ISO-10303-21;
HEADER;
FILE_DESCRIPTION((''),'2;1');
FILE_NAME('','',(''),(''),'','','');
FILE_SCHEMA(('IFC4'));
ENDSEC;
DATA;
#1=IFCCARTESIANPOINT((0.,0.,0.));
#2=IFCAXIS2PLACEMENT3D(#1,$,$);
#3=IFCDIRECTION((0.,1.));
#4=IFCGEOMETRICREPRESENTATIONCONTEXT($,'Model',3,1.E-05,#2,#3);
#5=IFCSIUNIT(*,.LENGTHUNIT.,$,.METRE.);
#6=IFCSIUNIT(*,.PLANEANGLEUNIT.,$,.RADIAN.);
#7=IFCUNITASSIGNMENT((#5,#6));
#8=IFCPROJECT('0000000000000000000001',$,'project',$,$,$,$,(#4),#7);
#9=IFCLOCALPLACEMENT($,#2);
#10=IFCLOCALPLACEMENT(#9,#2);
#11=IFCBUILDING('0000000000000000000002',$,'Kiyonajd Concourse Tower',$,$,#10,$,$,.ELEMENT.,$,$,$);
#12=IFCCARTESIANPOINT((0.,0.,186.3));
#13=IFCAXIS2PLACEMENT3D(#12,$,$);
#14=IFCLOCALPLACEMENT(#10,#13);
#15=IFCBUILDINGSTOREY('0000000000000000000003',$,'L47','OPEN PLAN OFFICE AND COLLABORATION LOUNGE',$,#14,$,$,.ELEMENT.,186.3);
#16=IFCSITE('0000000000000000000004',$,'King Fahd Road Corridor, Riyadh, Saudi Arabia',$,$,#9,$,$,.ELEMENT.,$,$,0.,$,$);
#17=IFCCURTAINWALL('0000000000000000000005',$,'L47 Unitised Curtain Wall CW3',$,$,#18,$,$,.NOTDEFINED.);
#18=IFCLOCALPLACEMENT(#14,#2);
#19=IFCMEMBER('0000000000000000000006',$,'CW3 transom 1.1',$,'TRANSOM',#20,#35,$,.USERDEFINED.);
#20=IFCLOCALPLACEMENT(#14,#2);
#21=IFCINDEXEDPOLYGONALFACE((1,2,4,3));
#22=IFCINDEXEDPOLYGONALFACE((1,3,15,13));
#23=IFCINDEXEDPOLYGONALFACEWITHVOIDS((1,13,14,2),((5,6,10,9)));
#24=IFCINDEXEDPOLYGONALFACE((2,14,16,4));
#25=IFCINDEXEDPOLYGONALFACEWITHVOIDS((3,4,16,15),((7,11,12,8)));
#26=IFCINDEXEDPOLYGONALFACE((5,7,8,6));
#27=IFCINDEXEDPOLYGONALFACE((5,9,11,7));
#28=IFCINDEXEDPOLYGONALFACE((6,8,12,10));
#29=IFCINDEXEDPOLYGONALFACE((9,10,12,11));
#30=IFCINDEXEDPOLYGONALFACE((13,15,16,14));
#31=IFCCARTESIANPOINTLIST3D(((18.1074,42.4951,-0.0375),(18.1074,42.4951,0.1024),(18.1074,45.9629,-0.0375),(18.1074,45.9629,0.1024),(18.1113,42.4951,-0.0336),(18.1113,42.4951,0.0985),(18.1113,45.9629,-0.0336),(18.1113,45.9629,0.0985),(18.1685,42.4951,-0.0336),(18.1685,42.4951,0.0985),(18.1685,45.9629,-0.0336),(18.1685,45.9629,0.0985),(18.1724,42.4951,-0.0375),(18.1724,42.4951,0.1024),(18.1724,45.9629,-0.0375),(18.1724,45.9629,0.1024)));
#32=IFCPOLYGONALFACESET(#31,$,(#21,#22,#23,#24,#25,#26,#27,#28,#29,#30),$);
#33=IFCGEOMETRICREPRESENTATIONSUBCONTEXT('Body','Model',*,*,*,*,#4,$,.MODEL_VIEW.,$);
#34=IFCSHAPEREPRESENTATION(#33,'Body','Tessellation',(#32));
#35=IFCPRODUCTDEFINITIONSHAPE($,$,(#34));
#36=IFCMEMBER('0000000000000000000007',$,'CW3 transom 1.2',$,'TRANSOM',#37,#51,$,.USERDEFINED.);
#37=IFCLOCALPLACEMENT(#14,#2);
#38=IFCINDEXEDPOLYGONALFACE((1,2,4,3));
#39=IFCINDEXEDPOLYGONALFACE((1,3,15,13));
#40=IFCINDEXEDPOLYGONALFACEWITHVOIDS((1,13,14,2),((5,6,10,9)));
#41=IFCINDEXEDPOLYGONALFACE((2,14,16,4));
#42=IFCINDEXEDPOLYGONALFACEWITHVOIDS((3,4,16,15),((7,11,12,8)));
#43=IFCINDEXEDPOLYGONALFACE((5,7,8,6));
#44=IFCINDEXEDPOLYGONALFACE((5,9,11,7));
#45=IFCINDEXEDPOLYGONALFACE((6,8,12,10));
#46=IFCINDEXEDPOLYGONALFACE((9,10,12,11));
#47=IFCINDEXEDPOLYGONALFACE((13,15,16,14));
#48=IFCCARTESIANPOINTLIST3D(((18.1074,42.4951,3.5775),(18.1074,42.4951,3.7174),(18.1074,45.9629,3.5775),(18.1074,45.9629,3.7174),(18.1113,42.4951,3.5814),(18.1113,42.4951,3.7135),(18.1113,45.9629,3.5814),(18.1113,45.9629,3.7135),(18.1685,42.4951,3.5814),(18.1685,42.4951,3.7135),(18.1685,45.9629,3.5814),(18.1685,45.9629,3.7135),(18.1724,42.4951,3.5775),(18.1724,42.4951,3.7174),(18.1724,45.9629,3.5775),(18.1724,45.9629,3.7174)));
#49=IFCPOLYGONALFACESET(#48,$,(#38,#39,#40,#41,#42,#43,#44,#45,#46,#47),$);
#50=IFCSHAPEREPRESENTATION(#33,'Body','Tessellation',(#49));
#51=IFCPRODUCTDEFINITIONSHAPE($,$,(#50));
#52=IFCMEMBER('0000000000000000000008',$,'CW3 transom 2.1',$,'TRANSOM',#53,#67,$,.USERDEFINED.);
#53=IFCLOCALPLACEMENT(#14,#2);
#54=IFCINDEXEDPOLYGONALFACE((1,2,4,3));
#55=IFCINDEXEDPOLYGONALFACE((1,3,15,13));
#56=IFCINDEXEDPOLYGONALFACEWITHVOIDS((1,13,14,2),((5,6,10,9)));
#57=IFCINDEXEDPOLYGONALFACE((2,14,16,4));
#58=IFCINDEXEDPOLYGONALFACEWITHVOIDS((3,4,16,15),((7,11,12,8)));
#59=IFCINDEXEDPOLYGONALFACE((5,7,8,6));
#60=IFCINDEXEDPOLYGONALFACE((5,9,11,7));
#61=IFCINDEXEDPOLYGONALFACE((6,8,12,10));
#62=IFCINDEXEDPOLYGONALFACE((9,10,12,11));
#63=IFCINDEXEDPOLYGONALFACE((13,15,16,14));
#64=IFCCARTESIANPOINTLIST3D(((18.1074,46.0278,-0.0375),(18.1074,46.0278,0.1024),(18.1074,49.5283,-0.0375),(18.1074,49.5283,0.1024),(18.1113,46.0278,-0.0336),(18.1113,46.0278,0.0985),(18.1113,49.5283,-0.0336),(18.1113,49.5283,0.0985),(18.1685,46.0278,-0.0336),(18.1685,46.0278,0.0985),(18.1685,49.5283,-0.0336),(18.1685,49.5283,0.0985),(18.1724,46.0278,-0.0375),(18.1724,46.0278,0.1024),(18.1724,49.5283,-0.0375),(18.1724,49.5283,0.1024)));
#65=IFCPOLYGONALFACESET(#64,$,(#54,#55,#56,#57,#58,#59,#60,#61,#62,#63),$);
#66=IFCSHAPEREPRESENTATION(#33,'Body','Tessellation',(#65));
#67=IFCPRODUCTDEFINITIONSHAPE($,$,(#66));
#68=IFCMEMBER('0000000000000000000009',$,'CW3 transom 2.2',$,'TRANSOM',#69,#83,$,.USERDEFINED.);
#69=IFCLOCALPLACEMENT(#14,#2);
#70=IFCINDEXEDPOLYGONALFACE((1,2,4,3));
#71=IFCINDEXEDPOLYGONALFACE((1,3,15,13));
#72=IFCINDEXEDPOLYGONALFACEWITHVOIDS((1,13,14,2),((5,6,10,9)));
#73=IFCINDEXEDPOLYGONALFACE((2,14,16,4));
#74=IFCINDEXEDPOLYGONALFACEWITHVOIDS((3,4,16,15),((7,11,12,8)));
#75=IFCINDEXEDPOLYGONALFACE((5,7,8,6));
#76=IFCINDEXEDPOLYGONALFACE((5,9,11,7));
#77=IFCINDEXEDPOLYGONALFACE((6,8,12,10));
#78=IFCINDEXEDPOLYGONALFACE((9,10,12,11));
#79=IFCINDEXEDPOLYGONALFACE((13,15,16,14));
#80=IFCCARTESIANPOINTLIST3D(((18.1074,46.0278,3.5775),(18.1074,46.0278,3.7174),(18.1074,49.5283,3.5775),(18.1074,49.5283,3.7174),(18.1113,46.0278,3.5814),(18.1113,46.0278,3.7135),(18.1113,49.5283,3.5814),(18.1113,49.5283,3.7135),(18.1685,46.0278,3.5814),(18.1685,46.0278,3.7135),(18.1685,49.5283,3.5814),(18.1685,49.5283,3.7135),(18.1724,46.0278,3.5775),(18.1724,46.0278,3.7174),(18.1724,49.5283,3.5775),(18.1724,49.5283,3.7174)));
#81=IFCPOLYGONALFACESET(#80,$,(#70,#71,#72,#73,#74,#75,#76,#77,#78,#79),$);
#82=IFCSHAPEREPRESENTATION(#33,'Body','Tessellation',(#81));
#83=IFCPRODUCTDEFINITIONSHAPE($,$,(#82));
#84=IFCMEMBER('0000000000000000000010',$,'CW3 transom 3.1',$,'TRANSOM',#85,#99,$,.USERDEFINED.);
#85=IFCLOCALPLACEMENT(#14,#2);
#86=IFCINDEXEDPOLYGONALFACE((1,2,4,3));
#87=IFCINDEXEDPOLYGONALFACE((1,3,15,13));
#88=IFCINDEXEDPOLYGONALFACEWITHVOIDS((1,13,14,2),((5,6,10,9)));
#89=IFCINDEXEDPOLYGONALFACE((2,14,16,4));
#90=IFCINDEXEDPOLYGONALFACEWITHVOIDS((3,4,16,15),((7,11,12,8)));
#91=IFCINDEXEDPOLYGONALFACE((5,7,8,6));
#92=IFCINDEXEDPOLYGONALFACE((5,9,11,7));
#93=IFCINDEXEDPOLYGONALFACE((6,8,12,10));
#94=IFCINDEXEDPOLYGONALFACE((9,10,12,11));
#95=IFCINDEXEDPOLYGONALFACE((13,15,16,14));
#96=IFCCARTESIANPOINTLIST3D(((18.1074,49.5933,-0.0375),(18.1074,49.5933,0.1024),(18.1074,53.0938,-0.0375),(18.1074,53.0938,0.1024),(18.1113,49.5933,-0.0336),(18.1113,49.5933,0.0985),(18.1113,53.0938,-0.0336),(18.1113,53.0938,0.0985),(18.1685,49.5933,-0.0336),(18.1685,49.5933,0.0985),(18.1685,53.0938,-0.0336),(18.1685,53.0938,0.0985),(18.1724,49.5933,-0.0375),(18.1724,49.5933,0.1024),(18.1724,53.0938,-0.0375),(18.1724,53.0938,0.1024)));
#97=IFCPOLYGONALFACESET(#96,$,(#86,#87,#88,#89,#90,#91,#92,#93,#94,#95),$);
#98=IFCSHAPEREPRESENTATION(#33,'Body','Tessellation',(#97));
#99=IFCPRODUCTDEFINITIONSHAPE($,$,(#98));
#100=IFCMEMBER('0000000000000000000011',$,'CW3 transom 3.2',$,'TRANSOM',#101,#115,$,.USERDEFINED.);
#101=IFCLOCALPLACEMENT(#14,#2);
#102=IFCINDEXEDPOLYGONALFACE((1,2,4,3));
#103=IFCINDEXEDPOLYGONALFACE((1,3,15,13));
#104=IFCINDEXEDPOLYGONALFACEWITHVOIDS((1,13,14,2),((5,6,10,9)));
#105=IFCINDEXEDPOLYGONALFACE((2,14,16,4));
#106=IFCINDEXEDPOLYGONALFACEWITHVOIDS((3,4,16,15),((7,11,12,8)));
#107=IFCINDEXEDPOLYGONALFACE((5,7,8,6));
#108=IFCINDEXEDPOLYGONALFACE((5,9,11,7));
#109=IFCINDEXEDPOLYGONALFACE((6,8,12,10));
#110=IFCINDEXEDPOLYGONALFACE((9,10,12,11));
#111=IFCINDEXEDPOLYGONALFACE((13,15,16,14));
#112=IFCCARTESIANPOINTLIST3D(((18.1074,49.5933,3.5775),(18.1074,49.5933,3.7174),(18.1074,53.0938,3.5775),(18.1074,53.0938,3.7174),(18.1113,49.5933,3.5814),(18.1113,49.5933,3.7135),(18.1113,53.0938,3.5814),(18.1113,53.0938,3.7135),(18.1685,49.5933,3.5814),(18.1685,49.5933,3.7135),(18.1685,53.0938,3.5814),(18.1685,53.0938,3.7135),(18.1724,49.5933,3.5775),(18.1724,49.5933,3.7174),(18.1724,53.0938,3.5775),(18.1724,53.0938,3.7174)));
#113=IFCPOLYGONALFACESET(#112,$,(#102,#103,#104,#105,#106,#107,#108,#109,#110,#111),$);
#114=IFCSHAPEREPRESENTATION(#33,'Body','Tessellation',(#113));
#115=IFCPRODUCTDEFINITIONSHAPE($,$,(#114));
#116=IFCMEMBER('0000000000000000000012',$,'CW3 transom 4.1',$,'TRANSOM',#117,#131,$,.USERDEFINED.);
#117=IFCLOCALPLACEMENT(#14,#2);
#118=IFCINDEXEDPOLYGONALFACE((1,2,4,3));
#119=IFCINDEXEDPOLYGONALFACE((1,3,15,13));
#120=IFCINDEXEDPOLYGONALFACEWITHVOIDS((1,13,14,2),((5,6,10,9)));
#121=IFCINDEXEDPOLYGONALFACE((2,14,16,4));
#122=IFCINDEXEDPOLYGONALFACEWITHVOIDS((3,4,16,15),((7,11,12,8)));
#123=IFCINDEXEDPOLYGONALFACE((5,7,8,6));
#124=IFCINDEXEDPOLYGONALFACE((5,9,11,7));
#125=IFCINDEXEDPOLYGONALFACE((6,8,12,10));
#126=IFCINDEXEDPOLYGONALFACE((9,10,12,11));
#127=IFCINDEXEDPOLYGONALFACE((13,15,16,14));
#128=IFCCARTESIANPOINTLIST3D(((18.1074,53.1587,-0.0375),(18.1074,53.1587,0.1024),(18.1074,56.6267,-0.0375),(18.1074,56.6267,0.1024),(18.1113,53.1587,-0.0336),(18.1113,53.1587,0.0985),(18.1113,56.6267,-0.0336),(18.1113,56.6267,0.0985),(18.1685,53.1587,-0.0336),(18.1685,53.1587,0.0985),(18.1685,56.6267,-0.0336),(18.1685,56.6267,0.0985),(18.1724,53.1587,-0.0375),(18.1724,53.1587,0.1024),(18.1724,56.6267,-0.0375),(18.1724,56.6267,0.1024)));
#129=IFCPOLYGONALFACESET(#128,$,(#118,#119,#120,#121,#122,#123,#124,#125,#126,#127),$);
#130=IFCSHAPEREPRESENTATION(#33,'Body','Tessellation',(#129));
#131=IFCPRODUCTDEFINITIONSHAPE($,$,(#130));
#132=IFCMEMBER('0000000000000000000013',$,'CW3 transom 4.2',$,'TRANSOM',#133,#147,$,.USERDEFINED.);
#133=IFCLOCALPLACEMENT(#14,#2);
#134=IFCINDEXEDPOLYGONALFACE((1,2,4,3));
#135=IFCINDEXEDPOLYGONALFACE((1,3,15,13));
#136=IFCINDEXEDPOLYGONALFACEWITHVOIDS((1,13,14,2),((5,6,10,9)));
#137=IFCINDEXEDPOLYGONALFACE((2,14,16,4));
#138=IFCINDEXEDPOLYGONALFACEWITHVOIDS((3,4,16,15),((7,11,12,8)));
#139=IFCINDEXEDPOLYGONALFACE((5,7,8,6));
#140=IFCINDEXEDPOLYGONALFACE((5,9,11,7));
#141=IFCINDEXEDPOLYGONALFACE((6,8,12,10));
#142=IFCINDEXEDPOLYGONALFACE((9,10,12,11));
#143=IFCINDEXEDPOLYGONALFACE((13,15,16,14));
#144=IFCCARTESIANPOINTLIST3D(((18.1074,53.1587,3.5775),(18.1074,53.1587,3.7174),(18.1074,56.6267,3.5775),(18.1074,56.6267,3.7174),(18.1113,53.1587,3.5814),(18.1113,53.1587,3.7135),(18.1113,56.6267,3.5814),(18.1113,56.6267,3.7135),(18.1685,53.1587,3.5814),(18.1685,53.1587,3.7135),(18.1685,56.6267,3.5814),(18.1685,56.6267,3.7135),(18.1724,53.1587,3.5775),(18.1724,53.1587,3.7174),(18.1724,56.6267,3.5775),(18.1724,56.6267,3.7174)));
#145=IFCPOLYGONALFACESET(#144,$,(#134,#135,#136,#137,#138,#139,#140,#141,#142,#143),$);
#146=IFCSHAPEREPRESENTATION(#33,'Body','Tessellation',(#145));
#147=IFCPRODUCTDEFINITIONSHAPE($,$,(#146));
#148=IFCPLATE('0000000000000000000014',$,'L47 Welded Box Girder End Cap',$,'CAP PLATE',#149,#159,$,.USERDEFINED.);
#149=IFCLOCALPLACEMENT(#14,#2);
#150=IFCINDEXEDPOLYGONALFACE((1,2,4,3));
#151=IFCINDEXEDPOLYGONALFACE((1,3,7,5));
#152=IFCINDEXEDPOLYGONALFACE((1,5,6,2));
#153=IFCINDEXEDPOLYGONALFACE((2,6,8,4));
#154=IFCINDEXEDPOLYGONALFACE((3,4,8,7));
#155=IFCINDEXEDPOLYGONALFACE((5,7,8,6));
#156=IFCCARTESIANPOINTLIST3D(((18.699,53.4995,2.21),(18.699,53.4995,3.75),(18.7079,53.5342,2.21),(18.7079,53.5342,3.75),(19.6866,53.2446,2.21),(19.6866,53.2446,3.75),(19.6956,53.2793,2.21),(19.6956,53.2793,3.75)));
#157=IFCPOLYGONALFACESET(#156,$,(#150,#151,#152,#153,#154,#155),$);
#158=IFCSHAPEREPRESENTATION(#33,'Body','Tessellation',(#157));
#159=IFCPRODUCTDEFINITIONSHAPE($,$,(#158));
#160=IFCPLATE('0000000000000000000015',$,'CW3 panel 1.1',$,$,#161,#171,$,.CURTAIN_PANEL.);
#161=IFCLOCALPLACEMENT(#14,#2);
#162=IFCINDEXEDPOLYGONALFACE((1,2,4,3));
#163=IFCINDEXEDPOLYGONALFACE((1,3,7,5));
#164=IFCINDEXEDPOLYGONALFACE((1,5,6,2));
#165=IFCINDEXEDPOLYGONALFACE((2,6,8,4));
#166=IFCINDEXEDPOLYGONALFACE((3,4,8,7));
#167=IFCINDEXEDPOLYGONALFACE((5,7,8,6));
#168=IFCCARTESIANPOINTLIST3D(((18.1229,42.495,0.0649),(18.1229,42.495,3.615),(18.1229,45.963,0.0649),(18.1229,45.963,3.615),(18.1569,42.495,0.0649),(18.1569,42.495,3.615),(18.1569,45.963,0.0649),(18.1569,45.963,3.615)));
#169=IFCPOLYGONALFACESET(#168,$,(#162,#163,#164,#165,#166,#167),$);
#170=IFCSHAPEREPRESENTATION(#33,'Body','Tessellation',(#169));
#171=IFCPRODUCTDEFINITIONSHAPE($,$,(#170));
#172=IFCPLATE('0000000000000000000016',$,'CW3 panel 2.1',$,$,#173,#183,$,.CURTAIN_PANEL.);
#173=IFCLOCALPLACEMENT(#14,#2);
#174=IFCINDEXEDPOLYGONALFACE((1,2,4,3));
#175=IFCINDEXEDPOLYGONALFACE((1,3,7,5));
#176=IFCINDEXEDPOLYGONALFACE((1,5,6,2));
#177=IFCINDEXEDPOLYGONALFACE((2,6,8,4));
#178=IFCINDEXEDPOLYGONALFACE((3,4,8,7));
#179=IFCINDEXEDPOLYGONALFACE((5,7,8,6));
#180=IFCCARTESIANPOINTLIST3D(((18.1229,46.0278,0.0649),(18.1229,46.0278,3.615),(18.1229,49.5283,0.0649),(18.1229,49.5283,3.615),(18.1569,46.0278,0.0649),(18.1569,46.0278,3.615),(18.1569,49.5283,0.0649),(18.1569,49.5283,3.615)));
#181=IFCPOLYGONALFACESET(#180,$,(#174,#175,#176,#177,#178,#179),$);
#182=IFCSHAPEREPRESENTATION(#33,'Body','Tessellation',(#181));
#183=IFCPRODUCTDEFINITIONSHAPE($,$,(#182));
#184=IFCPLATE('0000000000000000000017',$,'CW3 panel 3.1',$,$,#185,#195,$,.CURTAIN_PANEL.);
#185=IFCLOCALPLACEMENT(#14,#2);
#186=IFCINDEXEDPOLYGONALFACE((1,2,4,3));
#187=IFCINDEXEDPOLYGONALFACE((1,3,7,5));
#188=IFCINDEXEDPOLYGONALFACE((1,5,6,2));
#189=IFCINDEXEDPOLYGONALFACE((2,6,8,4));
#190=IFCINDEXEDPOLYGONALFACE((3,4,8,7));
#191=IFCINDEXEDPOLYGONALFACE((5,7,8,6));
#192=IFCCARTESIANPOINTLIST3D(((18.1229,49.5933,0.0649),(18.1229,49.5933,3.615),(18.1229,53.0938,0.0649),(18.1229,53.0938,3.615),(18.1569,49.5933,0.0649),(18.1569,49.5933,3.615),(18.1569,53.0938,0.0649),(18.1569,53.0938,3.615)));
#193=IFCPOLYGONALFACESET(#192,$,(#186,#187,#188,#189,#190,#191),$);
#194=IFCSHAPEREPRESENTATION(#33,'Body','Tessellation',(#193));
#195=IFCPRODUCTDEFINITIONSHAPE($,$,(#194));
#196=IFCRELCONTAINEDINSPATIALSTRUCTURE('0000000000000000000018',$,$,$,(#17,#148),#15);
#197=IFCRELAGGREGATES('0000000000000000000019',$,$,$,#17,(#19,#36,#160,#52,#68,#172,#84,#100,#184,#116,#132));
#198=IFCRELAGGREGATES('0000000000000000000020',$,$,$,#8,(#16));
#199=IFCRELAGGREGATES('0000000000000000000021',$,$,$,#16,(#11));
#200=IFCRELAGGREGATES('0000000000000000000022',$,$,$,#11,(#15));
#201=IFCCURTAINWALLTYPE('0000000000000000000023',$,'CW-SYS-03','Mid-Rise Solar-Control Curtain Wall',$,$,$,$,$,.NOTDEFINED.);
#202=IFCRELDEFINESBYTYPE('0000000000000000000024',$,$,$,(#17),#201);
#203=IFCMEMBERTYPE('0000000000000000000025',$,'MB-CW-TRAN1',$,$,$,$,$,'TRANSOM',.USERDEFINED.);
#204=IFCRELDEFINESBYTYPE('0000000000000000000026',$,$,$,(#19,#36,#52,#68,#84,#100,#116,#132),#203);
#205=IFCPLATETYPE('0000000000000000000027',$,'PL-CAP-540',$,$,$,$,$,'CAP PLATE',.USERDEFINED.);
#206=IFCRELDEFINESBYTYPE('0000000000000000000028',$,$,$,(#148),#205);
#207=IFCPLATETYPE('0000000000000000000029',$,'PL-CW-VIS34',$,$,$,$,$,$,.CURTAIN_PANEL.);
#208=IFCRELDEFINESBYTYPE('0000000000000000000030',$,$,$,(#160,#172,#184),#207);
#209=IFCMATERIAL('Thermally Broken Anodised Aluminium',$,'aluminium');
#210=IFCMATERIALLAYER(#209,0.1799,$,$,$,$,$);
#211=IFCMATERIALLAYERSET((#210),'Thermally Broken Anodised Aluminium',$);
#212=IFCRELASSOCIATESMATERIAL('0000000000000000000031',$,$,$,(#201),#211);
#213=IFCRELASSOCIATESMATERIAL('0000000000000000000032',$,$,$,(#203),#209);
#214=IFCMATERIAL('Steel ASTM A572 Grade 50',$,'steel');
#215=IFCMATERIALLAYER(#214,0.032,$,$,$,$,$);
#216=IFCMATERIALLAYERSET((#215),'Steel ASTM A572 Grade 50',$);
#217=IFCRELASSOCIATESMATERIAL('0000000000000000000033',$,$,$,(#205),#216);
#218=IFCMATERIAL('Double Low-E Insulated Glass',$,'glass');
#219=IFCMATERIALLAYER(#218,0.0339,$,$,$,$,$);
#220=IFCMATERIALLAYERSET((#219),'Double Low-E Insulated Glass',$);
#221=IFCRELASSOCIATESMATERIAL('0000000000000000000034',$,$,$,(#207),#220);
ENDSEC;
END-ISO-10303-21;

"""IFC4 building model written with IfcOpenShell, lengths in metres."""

from ifc_helpers import new_model, si_unit, direction, frame, origin, origin_2d, place, context, subcontext, project, spatial, rectangle, hollow_rectangle, extrude, material, layer, layer_set, material_profile, profile_set, type_object, element, aggregate, save


model = new_model("IFC4")

# Units and contexts
model_context = context("Model", 3, precision=1e-05, world=origin(), true_north=direction((0.0, 1.0)))
body_context = subcontext(model_context, "Body", "Model", "MODEL_VIEW")
ifc_project = project(units=[si_unit("LENGTHUNIT", "METRE"), si_unit("PLANEANGLEUNIT", "RADIAN")], contexts=[model_context])

# Site, building, storey
site_placement = place(None, origin())
site = spatial("IfcSite", under=ifc_project, at=site_placement, Name="King Fahd Road Corridor, Riyadh, Saudi Arabia", CompositionType="ELEMENT", RefElevation=0.0)
building_placement = place(site_placement, origin())
building = spatial("IfcBuilding", under=site, at=building_placement, Name="Kiyonajd Concourse Tower", CompositionType="ELEMENT")
storey_placement = place(building_placement, frame((0.0, 0.0, 186.3)))
storey = spatial("IfcBuildingStorey", under=building, at=storey_placement, Name="L47", Description="OPEN PLAN OFFICE AND COLLABORATION LOUNGE", CompositionType="ELEMENT", Elevation=186.3)

# Curtain wall, members
ifc_material_1 = material(Name="Thermally Broken Anodised Aluminium", Category="aluminium")
ifc_layer_1 = layer(ifc_material_1, 0.1799)
ifc_layer_set_1 = layer_set([ifc_layer_1], Name="Thermally Broken Anodised Aluminium")
curtain_wall_type = type_object("IfcCurtainWallType", Name="CW-SYS-03", Description="Mid-Rise Solar-Control Curtain Wall", PredefinedType="NOTDEFINED", material=ifc_layer_set_1)
curtain_wall_placement = place(storey_placement, origin())
curtain_wall = element("IfcCurtainWall", 1, at=curtain_wall_placement, inside=storey, type_object=curtain_wall_type, Name="L47 Unitised Curtain Wall CW3", PredefinedType="NOTDEFINED")
ifc_material_profile_1 = material_profile(ifc_material_1, hollow_rectangle(XDim=0.0649, YDim=0.1399, WallThickness=0.0039, at=origin_2d()), Name="TRAN-65x140")
ifc_profile_set_1 = profile_set([ifc_material_profile_1], Name="Thermally Broken Anodised Aluminium")
member_type_1 = type_object("IfcMemberType", Name="MB-CW-TRAN1", ElementType="TRANSOM", PredefinedType="USERDEFINED", material=ifc_profile_set_1)
member_1_placement = place(storey_placement, frame((18.1399, 42.4951, 0.0325), z_axis=(0.0, 1.0, 0.0), x_axis=(-1.0, 0.0, 0.0)))
member_1 = element("IfcMember", 2, at=member_1_placement, type_object=member_type_1, Name="CW3 transom 1.1", ObjectType="TRANSOM", PredefinedType="USERDEFINED", context=body_context, shape_type="SweptSolid", body=[
    extrude(hollow_rectangle(XDim=0.0649, YDim=0.1399, WallThickness=0.0039, at=origin_2d()), origin(), (0.0, 0.0, 1.0), 3.4678),
])
member_2_placement = place(storey_placement, frame((18.1399, 42.4951, 3.6475), z_axis=(0.0, 1.0, 0.0), x_axis=(-1.0, 0.0, 0.0)))
member_2 = element("IfcMember", 3, at=member_2_placement, type_object=member_type_1, Name="CW3 transom 1.2", ObjectType="TRANSOM", PredefinedType="USERDEFINED", context=body_context, shape_type="SweptSolid", body=[
    extrude(hollow_rectangle(XDim=0.0649, YDim=0.1399, WallThickness=0.0039, at=origin_2d()), origin(), (0.0, 0.0, 1.0), 3.4678),
])
member_3_placement = place(storey_placement, frame((18.1399, 46.0278, 0.0325), z_axis=(0.0, 1.0, 0.0), x_axis=(-1.0, 0.0, 0.0)))
member_3 = element("IfcMember", 4, at=member_3_placement, type_object=member_type_1, Name="CW3 transom 2.1", ObjectType="TRANSOM", PredefinedType="USERDEFINED", context=body_context, shape_type="SweptSolid", body=[
    extrude(hollow_rectangle(XDim=0.0649, YDim=0.1399, WallThickness=0.0039, at=origin_2d()), origin(), (0.0, 0.0, 1.0), 3.5005),
])
member_4_placement = place(storey_placement, frame((18.1399, 46.0278, 3.6475), z_axis=(0.0, 1.0, 0.0), x_axis=(-1.0, 0.0, 0.0)))
member_4 = element("IfcMember", 5, at=member_4_placement, type_object=member_type_1, Name="CW3 transom 2.2", ObjectType="TRANSOM", PredefinedType="USERDEFINED", context=body_context, shape_type="SweptSolid", body=[
    extrude(hollow_rectangle(XDim=0.0649, YDim=0.1399, WallThickness=0.0039, at=origin_2d()), origin(), (0.0, 0.0, 1.0), 3.5005),
])
member_5_placement = place(storey_placement, frame((18.1399, 49.5933, 0.0325), z_axis=(0.0, 1.0, 0.0), x_axis=(-1.0, 0.0, 0.0)))
member_5 = element("IfcMember", 6, at=member_5_placement, type_object=member_type_1, Name="CW3 transom 3.1", ObjectType="TRANSOM", PredefinedType="USERDEFINED", context=body_context, shape_type="SweptSolid", body=[
    extrude(hollow_rectangle(XDim=0.0649, YDim=0.1399, WallThickness=0.0039, at=origin_2d()), origin(), (0.0, 0.0, 1.0), 3.5005),
])
member_6_placement = place(storey_placement, frame((18.1399, 49.5933, 3.6475), z_axis=(0.0, 1.0, 0.0), x_axis=(-1.0, 0.0, 0.0)))
member_6 = element("IfcMember", 7, at=member_6_placement, type_object=member_type_1, Name="CW3 transom 3.2", ObjectType="TRANSOM", PredefinedType="USERDEFINED", context=body_context, shape_type="SweptSolid", body=[
    extrude(hollow_rectangle(XDim=0.0649, YDim=0.1399, WallThickness=0.0039, at=origin_2d()), origin(), (0.0, 0.0, 1.0), 3.5005),
])
member_7_placement = place(storey_placement, frame((18.1399, 53.1587, 0.0325), z_axis=(0.0, 1.0, 0.0), x_axis=(-1.0, 0.0, 0.0)))
member_7 = element("IfcMember", 8, at=member_7_placement, type_object=member_type_1, Name="CW3 transom 4.1", ObjectType="TRANSOM", PredefinedType="USERDEFINED", context=body_context, shape_type="SweptSolid", body=[
    extrude(hollow_rectangle(XDim=0.0649, YDim=0.1399, WallThickness=0.0039, at=origin_2d()), origin(), (0.0, 0.0, 1.0), 3.468),
])
member_8_placement = place(storey_placement, frame((18.1399, 53.1587, 3.6475), z_axis=(0.0, 1.0, 0.0), x_axis=(-1.0, 0.0, 0.0)))
member_8 = element("IfcMember", 9, at=member_8_placement, type_object=member_type_1, Name="CW3 transom 4.2", ObjectType="TRANSOM", PredefinedType="USERDEFINED", context=body_context, shape_type="SweptSolid", body=[
    extrude(hollow_rectangle(XDim=0.0649, YDim=0.1399, WallThickness=0.0039, at=origin_2d()), origin(), (0.0, 0.0, 1.0), 3.468),
])

# Plates
ifc_material_2 = material(Name="Steel ASTM A572 Grade 50", Category="steel")
ifc_layer_2 = layer(ifc_material_2, 0.032)
ifc_layer_set_2 = layer_set([ifc_layer_2], Name="Steel ASTM A572 Grade 50")
plate_type_1 = type_object("IfcPlateType", Name="PL-CAP-540", ElementType="CAP PLATE", PredefinedType="USERDEFINED", material=ifc_layer_set_2)
plate_1_placement = place(storey_placement, frame((19.1973, 53.3894, 2.21), z_axis=(0.0, 0.0, 1.0), x_axis=(-0.249873, -0.968279, 0.0)))
element("IfcPlate", 10, at=plate_1_placement, inside=storey, type_object=plate_type_1, Name="L47 Welded Box Girder End Cap", ObjectType="CAP PLATE", PredefinedType="USERDEFINED", context=body_context, shape_type="SweptSolid", body=[
    extrude(rectangle(XDim=0.0359, YDim=1.02, at=origin_2d()), origin(), (0.0, 0.0, 1.0), 1.54),
])
ifc_material_3 = material(Name="Double Low-E Insulated Glass", Category="glass")
ifc_layer_3 = layer(ifc_material_3, 0.0339)
ifc_layer_set_3 = layer_set([ifc_layer_3], Name="Double Low-E Insulated Glass")
plate_type_2 = type_object("IfcPlateType", Name="PL-CW-VIS34", PredefinedType="CURTAIN_PANEL", material=ifc_layer_set_3)
plate_2_placement = place(storey_placement, frame((18.1399, 44.229, 0.0649), z_axis=(0.0, 0.0, 1.0), x_axis=(0.0, 1.0, 0.0)))
plate_2 = element("IfcPlate", 11, at=plate_2_placement, type_object=plate_type_2, Name="CW3 panel 1.1", PredefinedType="CURTAIN_PANEL", context=body_context, shape_type="SweptSolid", body=[
    extrude(rectangle(XDim=3.468, YDim=0.0339, at=origin_2d()), origin(), (0.0, 0.0, 1.0), 3.55),
])
plate_3_placement = place(storey_placement, frame((18.1399, 47.7781, 0.0649), z_axis=(0.0, 0.0, 1.0), x_axis=(0.0, 1.0, 0.0)))
plate_3 = element("IfcPlate", 12, at=plate_3_placement, type_object=plate_type_2, Name="CW3 panel 2.1", PredefinedType="CURTAIN_PANEL", context=body_context, shape_type="SweptSolid", body=[
    extrude(rectangle(XDim=3.5005, YDim=0.0339, at=origin_2d()), origin(), (0.0, 0.0, 1.0), 3.55),
])
plate_4_placement = place(storey_placement, frame((18.1399, 51.3435, 0.0649), z_axis=(0.0, 0.0, 1.0), x_axis=(0.0, 1.0, 0.0)))
plate_4 = element("IfcPlate", 13, at=plate_4_placement, type_object=plate_type_2, Name="CW3 panel 3.1", PredefinedType="CURTAIN_PANEL", context=body_context, shape_type="SweptSolid", body=[
    extrude(rectangle(XDim=3.5005, YDim=0.0339, at=origin_2d()), origin(), (0.0, 0.0, 1.0), 3.55),
])
aggregate(curtain_wall, [member_1, member_2, plate_2, member_3, member_4, plate_3, member_5, member_6, plate_4, member_7, member_8])

save(model, "model.ifc")
